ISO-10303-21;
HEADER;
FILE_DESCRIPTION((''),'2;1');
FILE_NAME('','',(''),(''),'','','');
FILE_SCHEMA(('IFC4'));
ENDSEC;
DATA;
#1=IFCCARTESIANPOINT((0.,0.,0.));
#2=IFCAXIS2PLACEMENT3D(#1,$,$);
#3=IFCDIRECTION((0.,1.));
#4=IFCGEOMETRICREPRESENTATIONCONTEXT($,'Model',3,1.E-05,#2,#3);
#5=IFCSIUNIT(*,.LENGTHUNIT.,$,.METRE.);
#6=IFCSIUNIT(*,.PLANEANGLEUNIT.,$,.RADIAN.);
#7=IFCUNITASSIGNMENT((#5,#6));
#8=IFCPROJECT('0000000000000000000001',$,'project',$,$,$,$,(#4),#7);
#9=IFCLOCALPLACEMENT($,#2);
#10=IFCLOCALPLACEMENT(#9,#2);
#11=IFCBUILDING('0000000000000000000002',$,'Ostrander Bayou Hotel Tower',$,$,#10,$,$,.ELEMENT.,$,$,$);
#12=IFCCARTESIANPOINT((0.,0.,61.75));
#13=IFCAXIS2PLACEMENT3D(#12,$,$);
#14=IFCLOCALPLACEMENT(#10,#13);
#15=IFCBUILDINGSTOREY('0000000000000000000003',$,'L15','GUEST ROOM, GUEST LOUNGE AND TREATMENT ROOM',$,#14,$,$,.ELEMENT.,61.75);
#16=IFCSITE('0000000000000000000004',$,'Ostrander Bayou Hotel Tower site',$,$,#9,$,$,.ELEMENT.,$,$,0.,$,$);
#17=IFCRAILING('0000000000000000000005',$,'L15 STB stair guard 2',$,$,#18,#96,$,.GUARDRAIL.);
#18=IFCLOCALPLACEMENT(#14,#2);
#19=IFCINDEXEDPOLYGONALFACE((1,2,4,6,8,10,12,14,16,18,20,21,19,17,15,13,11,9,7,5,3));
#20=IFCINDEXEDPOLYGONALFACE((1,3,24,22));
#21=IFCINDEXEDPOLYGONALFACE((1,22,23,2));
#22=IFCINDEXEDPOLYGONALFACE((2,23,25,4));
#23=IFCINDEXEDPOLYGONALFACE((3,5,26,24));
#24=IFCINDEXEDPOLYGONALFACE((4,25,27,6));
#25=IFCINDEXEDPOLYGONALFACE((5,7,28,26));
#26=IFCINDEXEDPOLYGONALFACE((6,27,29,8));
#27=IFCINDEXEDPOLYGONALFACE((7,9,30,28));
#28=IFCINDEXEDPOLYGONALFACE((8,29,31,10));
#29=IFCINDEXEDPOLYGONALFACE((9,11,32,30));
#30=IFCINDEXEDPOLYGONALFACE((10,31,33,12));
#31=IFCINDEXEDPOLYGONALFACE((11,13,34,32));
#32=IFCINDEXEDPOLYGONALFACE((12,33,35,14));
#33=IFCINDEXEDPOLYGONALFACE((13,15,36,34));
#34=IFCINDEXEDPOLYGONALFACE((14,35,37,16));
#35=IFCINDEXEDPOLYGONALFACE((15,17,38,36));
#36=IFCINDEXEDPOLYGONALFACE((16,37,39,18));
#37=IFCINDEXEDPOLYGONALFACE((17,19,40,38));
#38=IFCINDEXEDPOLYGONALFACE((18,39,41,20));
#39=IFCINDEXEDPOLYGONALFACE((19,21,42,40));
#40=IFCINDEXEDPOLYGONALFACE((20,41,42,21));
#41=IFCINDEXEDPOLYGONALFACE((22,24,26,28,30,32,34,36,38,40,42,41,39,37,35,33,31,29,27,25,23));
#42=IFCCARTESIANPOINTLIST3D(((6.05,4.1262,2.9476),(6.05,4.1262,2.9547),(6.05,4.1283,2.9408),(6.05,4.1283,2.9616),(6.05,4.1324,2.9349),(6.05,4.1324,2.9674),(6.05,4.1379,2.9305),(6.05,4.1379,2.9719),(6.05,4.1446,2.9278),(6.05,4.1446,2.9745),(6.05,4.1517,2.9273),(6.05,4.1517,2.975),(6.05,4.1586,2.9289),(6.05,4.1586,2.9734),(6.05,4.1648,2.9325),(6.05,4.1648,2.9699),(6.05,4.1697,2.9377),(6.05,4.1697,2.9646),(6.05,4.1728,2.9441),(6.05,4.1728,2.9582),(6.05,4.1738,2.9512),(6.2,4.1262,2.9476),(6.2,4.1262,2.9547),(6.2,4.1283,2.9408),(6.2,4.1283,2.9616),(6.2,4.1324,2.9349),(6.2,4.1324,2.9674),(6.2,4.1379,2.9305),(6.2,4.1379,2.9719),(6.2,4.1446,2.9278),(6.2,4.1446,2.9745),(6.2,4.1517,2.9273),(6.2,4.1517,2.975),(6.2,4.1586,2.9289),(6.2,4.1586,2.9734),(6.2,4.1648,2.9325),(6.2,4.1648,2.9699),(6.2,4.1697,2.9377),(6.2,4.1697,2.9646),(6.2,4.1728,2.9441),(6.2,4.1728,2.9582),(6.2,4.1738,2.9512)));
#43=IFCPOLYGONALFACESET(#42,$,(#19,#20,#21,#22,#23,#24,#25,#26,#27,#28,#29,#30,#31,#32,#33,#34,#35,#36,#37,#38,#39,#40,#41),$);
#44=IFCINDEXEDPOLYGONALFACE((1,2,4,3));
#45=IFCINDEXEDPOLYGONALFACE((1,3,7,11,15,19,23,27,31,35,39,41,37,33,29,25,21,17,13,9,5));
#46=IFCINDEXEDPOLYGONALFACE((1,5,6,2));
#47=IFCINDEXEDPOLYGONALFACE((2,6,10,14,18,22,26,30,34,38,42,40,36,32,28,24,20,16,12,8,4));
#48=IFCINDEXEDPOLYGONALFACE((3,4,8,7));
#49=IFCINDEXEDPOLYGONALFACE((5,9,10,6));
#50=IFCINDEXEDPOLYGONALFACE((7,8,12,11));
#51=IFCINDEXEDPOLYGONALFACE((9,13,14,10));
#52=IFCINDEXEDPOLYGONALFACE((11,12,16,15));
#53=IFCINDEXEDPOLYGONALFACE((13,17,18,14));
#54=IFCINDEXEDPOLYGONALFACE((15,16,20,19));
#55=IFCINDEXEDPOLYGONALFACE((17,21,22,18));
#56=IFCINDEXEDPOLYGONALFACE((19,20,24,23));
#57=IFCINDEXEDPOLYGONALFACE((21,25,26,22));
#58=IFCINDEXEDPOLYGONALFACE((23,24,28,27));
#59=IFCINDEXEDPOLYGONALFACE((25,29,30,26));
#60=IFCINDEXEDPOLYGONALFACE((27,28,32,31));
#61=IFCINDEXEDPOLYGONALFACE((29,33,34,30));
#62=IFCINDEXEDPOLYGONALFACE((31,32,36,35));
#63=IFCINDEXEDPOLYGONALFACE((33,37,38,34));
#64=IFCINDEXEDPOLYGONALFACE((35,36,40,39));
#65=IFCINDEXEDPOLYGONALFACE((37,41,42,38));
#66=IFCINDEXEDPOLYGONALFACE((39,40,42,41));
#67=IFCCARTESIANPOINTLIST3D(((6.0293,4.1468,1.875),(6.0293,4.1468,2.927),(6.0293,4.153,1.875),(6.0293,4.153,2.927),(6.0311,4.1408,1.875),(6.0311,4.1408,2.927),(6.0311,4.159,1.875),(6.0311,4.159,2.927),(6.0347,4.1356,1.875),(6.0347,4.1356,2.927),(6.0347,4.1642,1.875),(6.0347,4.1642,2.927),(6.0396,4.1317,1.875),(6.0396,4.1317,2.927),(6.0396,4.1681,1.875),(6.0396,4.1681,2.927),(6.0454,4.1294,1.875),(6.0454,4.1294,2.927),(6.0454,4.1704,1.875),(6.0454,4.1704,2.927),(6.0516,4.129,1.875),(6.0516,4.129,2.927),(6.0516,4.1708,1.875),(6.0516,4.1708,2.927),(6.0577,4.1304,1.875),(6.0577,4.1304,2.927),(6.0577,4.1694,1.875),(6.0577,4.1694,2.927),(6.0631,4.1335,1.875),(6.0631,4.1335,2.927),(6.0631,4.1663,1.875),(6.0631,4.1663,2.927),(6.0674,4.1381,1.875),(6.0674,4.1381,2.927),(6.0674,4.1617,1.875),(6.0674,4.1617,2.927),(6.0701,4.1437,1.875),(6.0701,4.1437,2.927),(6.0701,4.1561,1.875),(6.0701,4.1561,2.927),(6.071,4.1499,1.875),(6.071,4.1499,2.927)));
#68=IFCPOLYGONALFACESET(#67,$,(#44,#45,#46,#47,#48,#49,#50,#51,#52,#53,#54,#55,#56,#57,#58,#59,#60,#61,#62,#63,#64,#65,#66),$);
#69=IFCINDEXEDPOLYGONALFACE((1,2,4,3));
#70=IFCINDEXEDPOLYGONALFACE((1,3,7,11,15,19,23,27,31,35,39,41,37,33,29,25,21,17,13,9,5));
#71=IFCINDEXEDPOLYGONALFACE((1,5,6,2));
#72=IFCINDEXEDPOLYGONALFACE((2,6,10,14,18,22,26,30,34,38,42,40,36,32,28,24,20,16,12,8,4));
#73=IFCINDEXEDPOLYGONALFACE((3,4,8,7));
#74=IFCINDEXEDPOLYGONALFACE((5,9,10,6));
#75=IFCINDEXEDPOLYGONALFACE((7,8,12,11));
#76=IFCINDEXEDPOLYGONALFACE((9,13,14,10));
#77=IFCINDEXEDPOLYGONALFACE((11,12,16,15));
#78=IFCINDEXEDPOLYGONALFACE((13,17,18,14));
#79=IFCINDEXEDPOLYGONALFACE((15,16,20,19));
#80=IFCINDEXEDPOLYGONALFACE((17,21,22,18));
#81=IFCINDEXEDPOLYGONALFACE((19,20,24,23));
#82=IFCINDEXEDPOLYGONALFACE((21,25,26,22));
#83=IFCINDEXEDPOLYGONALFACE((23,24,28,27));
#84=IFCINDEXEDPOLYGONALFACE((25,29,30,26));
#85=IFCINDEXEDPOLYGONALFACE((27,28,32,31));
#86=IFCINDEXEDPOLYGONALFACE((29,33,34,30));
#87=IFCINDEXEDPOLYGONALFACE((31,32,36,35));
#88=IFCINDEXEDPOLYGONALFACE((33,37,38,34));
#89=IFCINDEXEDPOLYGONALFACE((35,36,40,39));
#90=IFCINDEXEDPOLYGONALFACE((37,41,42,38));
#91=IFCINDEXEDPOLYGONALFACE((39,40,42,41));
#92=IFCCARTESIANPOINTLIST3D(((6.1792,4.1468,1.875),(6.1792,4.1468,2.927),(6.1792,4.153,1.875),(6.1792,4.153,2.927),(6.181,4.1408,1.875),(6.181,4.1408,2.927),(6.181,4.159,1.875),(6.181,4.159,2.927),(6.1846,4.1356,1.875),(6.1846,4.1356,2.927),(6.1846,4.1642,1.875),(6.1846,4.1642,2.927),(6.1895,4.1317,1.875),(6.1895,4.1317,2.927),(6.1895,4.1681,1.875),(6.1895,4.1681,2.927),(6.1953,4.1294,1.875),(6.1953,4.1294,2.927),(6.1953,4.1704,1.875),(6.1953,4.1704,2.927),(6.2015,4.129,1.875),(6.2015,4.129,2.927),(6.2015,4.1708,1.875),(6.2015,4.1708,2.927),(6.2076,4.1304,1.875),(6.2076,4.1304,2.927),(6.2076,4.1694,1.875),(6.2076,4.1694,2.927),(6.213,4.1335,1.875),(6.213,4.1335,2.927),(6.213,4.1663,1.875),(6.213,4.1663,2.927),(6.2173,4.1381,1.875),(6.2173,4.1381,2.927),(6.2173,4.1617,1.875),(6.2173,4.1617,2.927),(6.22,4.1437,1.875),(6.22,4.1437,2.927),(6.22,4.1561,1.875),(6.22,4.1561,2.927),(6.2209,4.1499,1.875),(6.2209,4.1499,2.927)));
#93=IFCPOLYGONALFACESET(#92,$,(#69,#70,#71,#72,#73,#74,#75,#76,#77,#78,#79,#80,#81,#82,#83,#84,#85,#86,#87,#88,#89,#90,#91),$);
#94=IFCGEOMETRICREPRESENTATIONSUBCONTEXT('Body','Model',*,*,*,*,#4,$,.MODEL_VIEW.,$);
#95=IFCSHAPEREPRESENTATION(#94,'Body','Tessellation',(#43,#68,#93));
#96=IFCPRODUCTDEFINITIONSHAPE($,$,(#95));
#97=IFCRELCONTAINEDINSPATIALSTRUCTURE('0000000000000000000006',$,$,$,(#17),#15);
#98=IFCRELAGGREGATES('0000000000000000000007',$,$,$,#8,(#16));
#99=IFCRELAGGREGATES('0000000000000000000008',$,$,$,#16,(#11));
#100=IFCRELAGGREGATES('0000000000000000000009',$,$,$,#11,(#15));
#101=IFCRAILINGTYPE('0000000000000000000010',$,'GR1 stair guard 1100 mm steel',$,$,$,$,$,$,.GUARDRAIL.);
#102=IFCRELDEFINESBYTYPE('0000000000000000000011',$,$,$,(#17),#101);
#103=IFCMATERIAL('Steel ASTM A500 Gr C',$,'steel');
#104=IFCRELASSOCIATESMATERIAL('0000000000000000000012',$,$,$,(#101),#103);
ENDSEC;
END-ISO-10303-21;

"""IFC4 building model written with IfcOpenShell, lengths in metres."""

from ifc_helpers import new_model, si_unit, direction, frame, origin, origin_2d, place, context, subcontext, project, spatial, circle, extrude, material, type_object, element, save


model = new_model("IFC4")

# Units and contexts
model_context = context("Model", 3, precision=1e-05, world=origin(), true_north=direction((0.0, 1.0)))
body_context = subcontext(model_context, "Body", "Model", "MODEL_VIEW")
ifc_project = project(units=[si_unit("LENGTHUNIT", "METRE"), si_unit("PLANEANGLEUNIT", "RADIAN")], contexts=[model_context])

# Site, building, storey
site_placement = place(None, origin())
site = spatial("IfcSite", under=ifc_project, at=site_placement, Name="Ostrander Bayou Hotel Tower site", CompositionType="ELEMENT", RefElevation=0.0)
building_placement = place(site_placement, origin())
building = spatial("IfcBuilding", under=site, at=building_placement, Name="Ostrander Bayou Hotel Tower", CompositionType="ELEMENT")
storey_placement = place(building_placement, frame((0.0, 0.0, 61.75)))
storey = spatial("IfcBuildingStorey", under=building, at=storey_placement, Name="L15", Description="GUEST ROOM, GUEST LOUNGE AND TREATMENT ROOM", CompositionType="ELEMENT", Elevation=61.75)

# Railing
ifc_material_1 = material(Name="Steel ASTM A500 Gr C", Category="steel")
railing_type_1 = type_object("IfcRailingType", Name="GR1 stair guard 1100 mm steel", PredefinedType="GUARDRAIL", material=ifc_material_1)
railing_1_placement = place(storey_placement, frame((6.05, 4.1499, 1.875)))
element("IfcRailing", 1, at=railing_1_placement, inside=storey, type_object=railing_type_1, Name="L15 STB stair guard 2", PredefinedType="GUARDRAIL", context=body_context, shape_type="SweptSolid", body=[
    extrude(circle(Radius=0.0239, at=origin_2d()), frame((0.0, 0.0, 1.0762), z_axis=(1.0, 0.0, 0.0), x_axis=(0.0, 1.0, 0.0)), (0.0, 0.0, 1.0), 0.1499),
    extrude(circle(Radius=0.021, at=origin_2d()), origin(), (0.0, 0.0, 1.0), 1.052),
    extrude(circle(Radius=0.021, at=origin_2d()), frame((0.1499, 0.0, 0.0)), (0.0, 0.0, 1.0), 1.052),
])

save(model, "model.ifc")
